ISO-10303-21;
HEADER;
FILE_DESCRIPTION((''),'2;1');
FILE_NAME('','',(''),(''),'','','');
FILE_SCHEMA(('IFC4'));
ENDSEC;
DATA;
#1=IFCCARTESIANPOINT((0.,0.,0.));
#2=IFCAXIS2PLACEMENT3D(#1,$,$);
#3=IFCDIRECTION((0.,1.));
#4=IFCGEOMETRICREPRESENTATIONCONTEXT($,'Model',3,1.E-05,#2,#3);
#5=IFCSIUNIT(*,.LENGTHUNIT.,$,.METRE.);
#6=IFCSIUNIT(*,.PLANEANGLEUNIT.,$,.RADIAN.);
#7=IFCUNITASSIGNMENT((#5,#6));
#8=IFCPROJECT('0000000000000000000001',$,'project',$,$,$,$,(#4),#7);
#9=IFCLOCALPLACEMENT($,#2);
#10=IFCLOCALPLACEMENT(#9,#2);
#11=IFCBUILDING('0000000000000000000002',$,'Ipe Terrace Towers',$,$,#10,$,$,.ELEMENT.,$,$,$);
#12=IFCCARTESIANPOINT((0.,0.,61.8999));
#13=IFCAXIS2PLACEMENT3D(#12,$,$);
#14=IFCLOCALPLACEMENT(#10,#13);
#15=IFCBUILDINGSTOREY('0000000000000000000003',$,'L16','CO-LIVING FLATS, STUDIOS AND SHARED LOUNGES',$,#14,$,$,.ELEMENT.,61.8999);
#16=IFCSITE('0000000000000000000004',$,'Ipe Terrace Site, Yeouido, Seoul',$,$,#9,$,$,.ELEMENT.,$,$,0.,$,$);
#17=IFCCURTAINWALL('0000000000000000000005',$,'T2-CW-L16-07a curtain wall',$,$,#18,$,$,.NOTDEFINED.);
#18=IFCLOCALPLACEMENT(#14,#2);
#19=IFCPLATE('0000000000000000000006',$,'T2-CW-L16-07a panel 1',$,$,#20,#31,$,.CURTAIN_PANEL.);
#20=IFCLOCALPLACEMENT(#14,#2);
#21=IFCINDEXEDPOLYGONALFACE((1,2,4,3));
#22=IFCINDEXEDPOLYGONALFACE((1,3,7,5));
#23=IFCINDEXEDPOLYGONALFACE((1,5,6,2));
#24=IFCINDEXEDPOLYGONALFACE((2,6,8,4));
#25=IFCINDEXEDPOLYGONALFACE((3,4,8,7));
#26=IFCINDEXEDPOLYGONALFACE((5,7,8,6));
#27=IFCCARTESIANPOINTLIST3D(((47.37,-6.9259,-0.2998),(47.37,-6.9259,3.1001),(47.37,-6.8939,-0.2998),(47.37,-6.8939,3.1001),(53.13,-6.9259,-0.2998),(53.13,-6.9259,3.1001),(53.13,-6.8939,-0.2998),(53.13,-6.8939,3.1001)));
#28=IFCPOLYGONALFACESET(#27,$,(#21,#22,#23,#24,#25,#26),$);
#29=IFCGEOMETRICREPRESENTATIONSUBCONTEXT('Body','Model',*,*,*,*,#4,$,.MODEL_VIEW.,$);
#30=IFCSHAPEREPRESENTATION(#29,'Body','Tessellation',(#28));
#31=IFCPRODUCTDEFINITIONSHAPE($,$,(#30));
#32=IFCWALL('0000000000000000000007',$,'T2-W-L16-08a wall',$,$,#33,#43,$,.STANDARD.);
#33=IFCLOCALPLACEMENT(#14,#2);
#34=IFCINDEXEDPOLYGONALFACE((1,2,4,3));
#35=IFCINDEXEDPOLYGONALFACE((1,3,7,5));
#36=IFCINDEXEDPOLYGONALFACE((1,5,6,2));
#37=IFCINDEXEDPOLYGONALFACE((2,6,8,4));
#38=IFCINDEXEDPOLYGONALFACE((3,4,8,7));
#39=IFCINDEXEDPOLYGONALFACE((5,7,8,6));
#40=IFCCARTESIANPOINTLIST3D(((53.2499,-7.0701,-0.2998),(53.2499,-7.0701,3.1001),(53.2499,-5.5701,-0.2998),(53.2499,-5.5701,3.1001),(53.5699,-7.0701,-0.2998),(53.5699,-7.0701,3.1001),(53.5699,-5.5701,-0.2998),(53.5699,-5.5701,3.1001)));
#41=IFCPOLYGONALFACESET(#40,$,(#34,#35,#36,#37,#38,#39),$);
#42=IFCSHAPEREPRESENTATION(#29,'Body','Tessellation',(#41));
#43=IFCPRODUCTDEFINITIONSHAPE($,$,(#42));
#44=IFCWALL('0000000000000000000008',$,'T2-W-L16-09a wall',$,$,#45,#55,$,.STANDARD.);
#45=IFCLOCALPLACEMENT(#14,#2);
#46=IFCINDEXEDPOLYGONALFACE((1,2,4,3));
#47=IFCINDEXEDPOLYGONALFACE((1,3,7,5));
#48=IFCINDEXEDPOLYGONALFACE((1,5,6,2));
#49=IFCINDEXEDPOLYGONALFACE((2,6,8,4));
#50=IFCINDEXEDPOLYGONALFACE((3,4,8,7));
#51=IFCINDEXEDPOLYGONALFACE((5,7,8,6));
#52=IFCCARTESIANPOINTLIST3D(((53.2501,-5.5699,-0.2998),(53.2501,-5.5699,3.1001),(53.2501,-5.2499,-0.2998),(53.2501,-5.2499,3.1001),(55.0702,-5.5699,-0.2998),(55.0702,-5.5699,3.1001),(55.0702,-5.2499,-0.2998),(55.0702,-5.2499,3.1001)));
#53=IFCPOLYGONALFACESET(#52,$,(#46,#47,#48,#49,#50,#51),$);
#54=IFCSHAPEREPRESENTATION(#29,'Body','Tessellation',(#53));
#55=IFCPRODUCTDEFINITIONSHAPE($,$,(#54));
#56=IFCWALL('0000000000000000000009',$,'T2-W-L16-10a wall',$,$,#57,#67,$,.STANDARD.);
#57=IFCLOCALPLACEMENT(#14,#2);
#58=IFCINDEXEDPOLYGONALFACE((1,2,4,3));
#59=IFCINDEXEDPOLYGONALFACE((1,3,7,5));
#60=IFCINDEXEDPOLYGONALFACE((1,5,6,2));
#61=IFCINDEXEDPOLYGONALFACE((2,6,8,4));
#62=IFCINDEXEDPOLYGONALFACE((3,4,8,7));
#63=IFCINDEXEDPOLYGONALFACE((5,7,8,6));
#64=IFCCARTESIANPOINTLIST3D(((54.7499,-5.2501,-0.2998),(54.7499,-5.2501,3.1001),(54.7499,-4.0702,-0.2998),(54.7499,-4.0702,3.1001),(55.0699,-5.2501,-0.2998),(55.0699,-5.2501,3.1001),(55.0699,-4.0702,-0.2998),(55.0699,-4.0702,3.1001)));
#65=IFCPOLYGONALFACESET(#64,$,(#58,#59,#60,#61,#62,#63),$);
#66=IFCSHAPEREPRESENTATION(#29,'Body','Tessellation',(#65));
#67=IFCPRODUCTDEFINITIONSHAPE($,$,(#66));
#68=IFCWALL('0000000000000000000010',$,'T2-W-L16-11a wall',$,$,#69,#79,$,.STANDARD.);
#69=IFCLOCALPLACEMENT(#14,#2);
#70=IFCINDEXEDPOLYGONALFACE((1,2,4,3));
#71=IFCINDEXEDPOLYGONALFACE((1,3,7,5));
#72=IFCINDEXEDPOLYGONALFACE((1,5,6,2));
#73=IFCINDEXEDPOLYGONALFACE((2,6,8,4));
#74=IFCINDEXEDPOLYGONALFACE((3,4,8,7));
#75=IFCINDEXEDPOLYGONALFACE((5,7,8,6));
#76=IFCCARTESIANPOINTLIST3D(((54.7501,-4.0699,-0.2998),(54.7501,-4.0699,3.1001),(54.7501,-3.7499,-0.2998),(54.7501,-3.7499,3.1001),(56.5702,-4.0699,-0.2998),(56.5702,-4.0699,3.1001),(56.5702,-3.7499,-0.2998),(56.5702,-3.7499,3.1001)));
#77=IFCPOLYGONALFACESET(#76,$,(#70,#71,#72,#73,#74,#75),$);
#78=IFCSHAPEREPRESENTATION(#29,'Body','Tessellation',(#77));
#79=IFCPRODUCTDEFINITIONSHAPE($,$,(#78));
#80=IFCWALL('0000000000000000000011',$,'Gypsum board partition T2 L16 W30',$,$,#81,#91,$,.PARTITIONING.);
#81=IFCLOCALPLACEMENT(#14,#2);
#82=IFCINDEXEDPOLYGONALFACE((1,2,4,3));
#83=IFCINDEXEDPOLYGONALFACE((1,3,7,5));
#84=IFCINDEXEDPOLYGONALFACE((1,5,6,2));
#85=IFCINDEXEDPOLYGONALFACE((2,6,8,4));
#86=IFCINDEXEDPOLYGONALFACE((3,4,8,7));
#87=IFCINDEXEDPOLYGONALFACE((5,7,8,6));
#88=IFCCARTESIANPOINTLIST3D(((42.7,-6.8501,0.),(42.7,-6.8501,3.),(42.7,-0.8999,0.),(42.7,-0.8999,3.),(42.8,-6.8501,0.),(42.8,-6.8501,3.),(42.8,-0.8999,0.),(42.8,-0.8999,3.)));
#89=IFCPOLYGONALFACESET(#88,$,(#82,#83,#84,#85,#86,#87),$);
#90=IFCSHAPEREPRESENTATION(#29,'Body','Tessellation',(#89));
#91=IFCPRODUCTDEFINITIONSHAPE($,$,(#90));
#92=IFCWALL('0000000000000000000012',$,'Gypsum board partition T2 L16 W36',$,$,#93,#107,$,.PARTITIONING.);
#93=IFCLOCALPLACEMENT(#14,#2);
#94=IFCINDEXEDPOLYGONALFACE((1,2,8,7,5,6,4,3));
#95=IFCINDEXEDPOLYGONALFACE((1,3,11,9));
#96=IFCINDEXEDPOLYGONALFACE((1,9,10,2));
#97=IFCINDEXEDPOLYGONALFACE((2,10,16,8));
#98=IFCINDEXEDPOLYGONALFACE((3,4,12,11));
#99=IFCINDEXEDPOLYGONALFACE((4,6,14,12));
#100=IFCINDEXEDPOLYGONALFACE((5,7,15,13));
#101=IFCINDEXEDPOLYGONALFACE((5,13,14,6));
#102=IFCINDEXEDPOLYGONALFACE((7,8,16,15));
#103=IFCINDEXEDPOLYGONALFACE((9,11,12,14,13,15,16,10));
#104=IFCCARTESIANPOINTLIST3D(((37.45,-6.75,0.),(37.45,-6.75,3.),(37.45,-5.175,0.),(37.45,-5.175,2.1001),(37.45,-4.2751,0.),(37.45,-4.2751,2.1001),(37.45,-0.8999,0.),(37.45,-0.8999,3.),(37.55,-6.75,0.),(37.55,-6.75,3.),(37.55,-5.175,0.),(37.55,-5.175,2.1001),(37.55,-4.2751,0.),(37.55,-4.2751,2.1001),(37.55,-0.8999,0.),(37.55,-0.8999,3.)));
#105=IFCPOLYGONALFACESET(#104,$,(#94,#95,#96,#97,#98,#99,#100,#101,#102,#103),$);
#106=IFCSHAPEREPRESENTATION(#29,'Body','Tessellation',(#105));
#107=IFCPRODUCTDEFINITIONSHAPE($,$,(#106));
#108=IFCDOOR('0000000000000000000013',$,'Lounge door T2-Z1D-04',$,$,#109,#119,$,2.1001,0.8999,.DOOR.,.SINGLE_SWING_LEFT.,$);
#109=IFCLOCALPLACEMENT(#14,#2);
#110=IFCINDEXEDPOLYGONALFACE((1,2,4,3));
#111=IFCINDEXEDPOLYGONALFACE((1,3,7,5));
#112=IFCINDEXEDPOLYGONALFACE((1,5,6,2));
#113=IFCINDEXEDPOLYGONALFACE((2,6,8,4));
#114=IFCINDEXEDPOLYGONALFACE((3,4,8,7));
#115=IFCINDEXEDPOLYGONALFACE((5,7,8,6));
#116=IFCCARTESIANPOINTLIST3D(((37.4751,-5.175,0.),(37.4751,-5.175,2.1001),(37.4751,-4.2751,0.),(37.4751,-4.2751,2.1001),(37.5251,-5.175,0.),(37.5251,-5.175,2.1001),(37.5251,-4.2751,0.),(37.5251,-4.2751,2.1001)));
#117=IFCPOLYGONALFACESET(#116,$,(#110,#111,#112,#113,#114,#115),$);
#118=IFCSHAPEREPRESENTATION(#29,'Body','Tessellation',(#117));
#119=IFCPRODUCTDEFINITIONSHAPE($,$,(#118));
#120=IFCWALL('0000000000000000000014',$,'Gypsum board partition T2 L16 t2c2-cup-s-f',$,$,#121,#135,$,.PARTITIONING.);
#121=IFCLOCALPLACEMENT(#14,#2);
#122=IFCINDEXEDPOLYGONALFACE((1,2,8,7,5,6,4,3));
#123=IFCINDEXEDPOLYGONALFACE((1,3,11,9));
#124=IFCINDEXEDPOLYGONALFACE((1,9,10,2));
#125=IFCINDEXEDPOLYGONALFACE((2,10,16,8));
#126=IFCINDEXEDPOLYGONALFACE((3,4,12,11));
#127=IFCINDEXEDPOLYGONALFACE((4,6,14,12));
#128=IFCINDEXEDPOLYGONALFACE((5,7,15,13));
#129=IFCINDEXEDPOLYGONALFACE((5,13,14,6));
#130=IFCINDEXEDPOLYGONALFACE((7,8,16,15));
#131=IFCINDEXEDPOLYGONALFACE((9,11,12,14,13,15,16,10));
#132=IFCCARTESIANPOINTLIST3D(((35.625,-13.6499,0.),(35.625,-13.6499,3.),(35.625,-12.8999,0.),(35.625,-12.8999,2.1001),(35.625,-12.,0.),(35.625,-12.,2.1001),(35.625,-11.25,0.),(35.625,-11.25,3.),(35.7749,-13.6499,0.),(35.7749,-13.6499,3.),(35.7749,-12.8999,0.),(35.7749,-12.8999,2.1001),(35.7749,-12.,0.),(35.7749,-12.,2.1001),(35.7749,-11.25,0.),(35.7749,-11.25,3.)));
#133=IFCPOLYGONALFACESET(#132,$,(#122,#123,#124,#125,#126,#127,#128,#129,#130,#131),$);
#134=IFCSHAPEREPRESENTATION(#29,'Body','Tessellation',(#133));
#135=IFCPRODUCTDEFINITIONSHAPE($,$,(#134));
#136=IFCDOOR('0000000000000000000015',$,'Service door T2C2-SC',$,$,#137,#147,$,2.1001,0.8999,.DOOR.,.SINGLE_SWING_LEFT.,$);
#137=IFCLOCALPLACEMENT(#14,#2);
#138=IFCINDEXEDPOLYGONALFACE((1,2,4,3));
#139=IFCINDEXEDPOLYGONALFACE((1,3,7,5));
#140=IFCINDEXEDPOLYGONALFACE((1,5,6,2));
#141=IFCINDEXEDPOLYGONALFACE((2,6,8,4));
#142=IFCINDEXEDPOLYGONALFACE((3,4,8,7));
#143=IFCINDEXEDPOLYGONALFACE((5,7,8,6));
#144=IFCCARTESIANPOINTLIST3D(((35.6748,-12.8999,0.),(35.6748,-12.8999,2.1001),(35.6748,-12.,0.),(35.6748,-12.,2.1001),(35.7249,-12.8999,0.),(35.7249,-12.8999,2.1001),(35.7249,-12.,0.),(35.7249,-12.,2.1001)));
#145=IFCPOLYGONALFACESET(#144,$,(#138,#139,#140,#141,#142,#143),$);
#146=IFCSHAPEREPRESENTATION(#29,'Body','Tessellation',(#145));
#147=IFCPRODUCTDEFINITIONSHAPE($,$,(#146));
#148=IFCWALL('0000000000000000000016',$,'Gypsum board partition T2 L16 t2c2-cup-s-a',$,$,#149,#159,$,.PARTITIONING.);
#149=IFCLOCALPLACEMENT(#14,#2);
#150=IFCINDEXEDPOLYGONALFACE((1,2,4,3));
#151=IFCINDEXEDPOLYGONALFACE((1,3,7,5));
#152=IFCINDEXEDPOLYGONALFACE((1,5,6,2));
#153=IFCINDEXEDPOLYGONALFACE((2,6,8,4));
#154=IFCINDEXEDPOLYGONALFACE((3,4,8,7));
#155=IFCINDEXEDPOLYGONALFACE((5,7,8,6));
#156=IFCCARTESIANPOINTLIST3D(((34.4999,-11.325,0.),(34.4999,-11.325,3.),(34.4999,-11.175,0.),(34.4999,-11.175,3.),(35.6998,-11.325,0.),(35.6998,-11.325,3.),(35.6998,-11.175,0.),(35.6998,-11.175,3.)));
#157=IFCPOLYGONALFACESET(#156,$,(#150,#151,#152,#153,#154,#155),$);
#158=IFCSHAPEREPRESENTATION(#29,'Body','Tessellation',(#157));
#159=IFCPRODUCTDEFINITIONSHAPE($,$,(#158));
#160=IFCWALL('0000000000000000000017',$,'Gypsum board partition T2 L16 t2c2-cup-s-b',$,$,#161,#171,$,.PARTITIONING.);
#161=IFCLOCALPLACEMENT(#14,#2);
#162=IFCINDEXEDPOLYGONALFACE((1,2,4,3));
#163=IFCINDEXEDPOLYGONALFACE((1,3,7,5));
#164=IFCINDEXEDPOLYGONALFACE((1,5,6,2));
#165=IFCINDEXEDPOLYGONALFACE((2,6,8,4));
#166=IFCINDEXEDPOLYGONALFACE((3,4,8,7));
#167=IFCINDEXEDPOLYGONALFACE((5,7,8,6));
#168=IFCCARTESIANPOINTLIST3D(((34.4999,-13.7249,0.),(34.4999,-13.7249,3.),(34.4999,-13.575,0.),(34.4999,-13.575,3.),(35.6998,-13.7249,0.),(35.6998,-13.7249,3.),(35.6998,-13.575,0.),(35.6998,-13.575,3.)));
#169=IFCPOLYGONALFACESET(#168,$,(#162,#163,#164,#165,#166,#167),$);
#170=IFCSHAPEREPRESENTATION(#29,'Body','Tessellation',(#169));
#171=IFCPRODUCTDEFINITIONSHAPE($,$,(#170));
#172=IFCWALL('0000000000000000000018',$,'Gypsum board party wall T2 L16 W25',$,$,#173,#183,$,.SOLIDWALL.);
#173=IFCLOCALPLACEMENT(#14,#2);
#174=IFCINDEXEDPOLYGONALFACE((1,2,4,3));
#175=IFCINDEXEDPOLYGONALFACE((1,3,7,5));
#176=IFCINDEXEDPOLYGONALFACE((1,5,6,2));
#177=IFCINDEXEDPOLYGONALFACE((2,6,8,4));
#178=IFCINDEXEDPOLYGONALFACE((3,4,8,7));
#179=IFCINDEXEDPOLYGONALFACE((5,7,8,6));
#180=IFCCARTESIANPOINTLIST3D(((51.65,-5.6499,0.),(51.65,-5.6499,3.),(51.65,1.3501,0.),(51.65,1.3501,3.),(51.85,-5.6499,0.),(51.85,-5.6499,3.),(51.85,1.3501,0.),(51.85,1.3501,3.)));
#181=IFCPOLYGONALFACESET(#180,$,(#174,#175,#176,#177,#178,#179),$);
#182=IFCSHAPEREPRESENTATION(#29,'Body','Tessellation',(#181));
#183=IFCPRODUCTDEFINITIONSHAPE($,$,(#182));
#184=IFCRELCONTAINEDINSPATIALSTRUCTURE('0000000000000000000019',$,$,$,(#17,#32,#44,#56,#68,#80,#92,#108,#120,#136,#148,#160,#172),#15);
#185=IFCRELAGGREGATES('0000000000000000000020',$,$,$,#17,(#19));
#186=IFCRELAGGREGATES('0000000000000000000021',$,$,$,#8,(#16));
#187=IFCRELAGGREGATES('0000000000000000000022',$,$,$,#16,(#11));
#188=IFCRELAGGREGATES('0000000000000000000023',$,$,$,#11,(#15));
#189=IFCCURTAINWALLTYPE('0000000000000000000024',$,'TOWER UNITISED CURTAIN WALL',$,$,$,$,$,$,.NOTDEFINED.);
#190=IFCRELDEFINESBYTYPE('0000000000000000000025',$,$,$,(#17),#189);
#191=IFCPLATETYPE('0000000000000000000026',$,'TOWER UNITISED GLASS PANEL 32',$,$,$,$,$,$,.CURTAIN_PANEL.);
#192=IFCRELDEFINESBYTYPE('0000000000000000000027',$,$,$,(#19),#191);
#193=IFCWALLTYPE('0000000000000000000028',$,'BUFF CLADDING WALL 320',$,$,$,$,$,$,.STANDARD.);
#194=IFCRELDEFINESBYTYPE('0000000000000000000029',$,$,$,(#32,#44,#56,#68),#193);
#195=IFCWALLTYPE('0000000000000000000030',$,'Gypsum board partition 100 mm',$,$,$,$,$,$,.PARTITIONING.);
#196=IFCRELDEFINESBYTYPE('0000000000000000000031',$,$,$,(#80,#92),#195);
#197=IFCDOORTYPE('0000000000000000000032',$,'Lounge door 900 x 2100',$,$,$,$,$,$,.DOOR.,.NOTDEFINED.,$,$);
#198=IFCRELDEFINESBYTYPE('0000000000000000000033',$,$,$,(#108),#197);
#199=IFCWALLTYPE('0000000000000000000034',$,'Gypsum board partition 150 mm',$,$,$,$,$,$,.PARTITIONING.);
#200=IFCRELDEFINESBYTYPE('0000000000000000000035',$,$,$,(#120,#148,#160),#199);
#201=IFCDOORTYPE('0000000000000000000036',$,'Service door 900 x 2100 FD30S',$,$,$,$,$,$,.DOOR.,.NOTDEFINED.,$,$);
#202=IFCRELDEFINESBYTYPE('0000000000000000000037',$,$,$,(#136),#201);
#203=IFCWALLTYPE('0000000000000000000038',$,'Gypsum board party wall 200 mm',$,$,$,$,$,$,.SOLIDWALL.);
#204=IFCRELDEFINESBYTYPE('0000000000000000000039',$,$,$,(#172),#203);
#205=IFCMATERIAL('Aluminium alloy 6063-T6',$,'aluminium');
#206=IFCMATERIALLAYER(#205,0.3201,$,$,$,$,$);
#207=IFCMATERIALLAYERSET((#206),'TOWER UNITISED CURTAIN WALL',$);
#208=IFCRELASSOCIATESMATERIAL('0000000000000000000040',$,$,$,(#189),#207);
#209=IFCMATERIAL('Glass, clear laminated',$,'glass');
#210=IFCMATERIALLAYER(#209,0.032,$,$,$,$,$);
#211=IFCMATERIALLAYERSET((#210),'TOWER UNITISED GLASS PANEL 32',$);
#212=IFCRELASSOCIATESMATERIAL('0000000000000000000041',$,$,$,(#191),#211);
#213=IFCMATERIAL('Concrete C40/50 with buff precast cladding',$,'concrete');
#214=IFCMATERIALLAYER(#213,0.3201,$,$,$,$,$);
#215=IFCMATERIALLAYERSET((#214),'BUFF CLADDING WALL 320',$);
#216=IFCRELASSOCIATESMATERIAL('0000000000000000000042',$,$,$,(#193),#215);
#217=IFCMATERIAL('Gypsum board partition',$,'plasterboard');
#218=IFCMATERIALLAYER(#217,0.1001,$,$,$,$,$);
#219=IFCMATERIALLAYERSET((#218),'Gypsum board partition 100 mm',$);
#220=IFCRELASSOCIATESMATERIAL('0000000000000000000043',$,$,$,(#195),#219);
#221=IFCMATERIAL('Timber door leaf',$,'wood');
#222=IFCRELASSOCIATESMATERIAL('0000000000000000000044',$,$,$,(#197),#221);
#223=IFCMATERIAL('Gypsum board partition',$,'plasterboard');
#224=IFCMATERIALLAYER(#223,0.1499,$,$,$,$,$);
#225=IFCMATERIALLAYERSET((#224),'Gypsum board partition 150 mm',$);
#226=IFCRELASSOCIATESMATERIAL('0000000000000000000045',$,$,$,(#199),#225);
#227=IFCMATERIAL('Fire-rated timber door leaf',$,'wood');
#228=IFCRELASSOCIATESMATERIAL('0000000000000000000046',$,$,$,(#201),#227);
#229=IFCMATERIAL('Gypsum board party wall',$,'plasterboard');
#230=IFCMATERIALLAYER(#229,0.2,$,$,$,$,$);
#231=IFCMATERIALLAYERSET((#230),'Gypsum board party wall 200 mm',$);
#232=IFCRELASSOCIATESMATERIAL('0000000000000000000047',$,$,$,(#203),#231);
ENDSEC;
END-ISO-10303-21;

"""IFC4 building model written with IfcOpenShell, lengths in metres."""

from ifc_helpers import new_model, si_unit, direction, frame, frame_2d, origin, origin_2d, place, context, subcontext, project, spatial, rectangle, extrude, material, layer, layer_set, type_object, element, fill, aggregate, save


model = new_model("IFC4")

# Units and contexts
model_context = context("Model", 3, precision=1e-05, world=origin(), true_north=direction((0.0, 1.0)))
body_context = subcontext(model_context, "Body", "Model", "MODEL_VIEW")
ifc_project = project(units=[si_unit("LENGTHUNIT", "METRE"), si_unit("PLANEANGLEUNIT", "RADIAN")], contexts=[model_context])

# Site, building, storey
site_placement = place(None, origin())
site = spatial("IfcSite", under=ifc_project, at=site_placement, Name="Ipe Terrace Site, Yeouido, Seoul", CompositionType="ELEMENT", RefElevation=0.0)
building_placement = place(site_placement, origin())
building = spatial("IfcBuilding", under=site, at=building_placement, Name="Ipe Terrace Towers", CompositionType="ELEMENT")
storey_placement = place(building_placement, frame((0.0, 0.0, 61.8999)))
storey = spatial("IfcBuildingStorey", under=building, at=storey_placement, Name="L16", Description="CO-LIVING FLATS, STUDIOS AND SHARED LOUNGES", CompositionType="ELEMENT", Elevation=61.8999)

# Curtain wall
ifc_material_1 = material(Name="Aluminium alloy 6063-T6", Category="aluminium")
ifc_layer_1 = layer(ifc_material_1, 0.3201)
ifc_layer_set_1 = layer_set([ifc_layer_1], Name="TOWER UNITISED CURTAIN WALL")
curtain_wall_type = type_object("IfcCurtainWallType", Name="TOWER UNITISED CURTAIN WALL", PredefinedType="NOTDEFINED", material=ifc_layer_set_1)
curtain_wall_1_placement = place(storey_placement, origin())
curtain_wall_1 = element("IfcCurtainWall", 1, at=curtain_wall_1_placement, inside=storey, type_object=curtain_wall_type, Name="T2-CW-L16-07a curtain wall", PredefinedType="NOTDEFINED")

# Plate
ifc_material_2 = material(Name="Glass, clear laminated", Category="glass")
ifc_layer_2 = layer(ifc_material_2, 0.032)
ifc_layer_set_2 = layer_set([ifc_layer_2], Name="TOWER UNITISED GLASS PANEL 32")
plate_type = type_object("IfcPlateType", Name="TOWER UNITISED GLASS PANEL 32", PredefinedType="CURTAIN_PANEL", material=ifc_layer_set_2)
plate_1_placement = place(storey_placement, frame((50.25, -6.9099, -0.2998), z_axis=(0.0, 0.0, 1.0), x_axis=(1.0, 0.0, 0.0)))
plate_1 = element("IfcPlate", 2, at=plate_1_placement, type_object=plate_type, Name="T2-CW-L16-07a panel 1", PredefinedType="CURTAIN_PANEL", context=body_context, shape_type="SweptSolid", body=[
    extrude(rectangle(XDim=5.76, YDim=0.032, at=origin_2d()), origin(), (0.0, 0.0, 1.0), 3.3999),
])
aggregate(curtain_wall_1, [plate_1])

# Walls
ifc_material_3 = material(Name="Concrete C40/50 with buff precast cladding", Category="concrete")
ifc_layer_3 = layer(ifc_material_3, 0.3201)
ifc_layer_set_3 = layer_set([ifc_layer_3], Name="BUFF CLADDING WALL 320")
wall_type_1 = type_object("IfcWallType", Name="BUFF CLADDING WALL 320", PredefinedType="STANDARD", material=ifc_layer_set_3)
wall_1_placement = place(storey_placement, frame((53.4099, -7.0701, -0.2998), z_axis=(0.0, 0.0, 1.0), x_axis=(0.0, 1.0, 0.0)))
element("IfcWall", 3, at=wall_1_placement, inside=storey, type_object=wall_type_1, Name="T2-W-L16-08a wall", PredefinedType="STANDARD", context=body_context, shape_type="SweptSolid", body=[
    extrude(rectangle(XDim=1.5, YDim=0.3201, at=frame_2d((0.75, 0.0))), origin(), (0.0, 0.0, 1.0), 3.3999),
])
wall_2_placement = place(storey_placement, frame((53.25, -5.4099, -0.2998), z_axis=(0.0, 0.0, 1.0), x_axis=(1.0, 0.0, 0.0)))
element("IfcWall", 4, at=wall_2_placement, inside=storey, type_object=wall_type_1, Name="T2-W-L16-09a wall", PredefinedType="STANDARD", context=body_context, shape_type="SweptSolid", body=[
    extrude(rectangle(XDim=1.8201, YDim=0.3201, at=frame_2d((0.9102, 0.0))), origin(), (0.0, 0.0, 1.0), 3.3999),
])
wall_3_placement = place(storey_placement, frame((54.9099, -5.25, -0.2998), z_axis=(0.0, 0.0, 1.0), x_axis=(0.0, 1.0, 0.0)))
element("IfcWall", 5, at=wall_3_placement, inside=storey, type_object=wall_type_1, Name="T2-W-L16-10a wall", PredefinedType="STANDARD", context=body_context, shape_type="SweptSolid", body=[
    extrude(rectangle(XDim=1.1799, YDim=0.3201, at=frame_2d((0.5898, 0.0))), origin(), (0.0, 0.0, 1.0), 3.3999),
])
wall_4_placement = place(storey_placement, frame((54.75, -3.9099, -0.2998), z_axis=(0.0, 0.0, 1.0), x_axis=(1.0, 0.0, 0.0)))
element("IfcWall", 6, at=wall_4_placement, inside=storey, type_object=wall_type_1, Name="T2-W-L16-11a wall", PredefinedType="STANDARD", context=body_context, shape_type="SweptSolid", body=[
    extrude(rectangle(XDim=1.8201, YDim=0.3201, at=frame_2d((0.9102, 0.0))), origin(), (0.0, 0.0, 1.0), 3.3999),
])
ifc_material_4 = material(Name="Gypsum board partition", Category="plasterboard")
ifc_layer_4 = layer(ifc_material_4, 0.1001)
ifc_layer_set_4 = layer_set([ifc_layer_4], Name="Gypsum board partition 100 mm")
wall_type_2 = type_object("IfcWallType", Name="Gypsum board partition 100 mm", PredefinedType="PARTITIONING", material=ifc_layer_set_4)
wall_5_placement = place(storey_placement, frame((42.75, -6.8501, 0.0), z_axis=(0.0, 0.0, 1.0), x_axis=(0.0, 1.0, 0.0)))
element("IfcWall", 7, at=wall_5_placement, inside=storey, type_object=wall_type_2, Name="Gypsum board partition T2 L16 W30", PredefinedType="PARTITIONING", context=body_context, shape_type="SweptSolid", body=[
    extrude(rectangle(XDim=5.9502, YDim=0.1001, at=frame_2d((2.9751, 0.0))), origin(), (0.0, 0.0, 1.0), 3.0),
])

# Walls, openings, doors
wall_6_placement = place(storey_placement, frame((37.5, -6.75, 0.0), z_axis=(0.0, 0.0, 1.0), x_axis=(0.0, 1.0, 0.0)))
wall_6 = element("IfcWall", 8, at=wall_6_placement, inside=storey, type_object=wall_type_2, Name="Gypsum board partition T2 L16 W36", PredefinedType="PARTITIONING", context=body_context, shape_type="SweptSolid", body=[
    extrude(rectangle(XDim=5.8501, YDim=0.1001, at=frame_2d((2.925, 0.0))), origin(), (0.0, 0.0, 1.0), 3.0),
])
opening_1_placement = place(wall_6_placement, frame((1.575, 0.0, 0.0)))
opening_1 = element("IfcOpeningElement", 9, at=opening_1_placement, cuts=wall_6, PredefinedType="OPENING", context=body_context, shape_type="SweptSolid", body=[
    extrude(rectangle(XDim=0.8999, YDim=2.1001, at=frame_2d((0.45, 1.05))), frame((0.0, 0.0601, 0.0), z_axis=(0.0, -1.0, 0.0), x_axis=(1.0, 0.0, 0.0)), (0.0, 0.0, 1.0), 0.1201),
])
ifc_material_5 = material(Name="Timber door leaf", Category="wood")
door_type_1 = type_object("IfcDoorType", Name="Lounge door 900 x 2100", OperationType="NOTDEFINED", PredefinedType="DOOR", material=ifc_material_5)
door_1_placement = place(opening_1_placement, origin())
door_1 = element("IfcDoor", 10, at=door_1_placement, inside=storey, type_object=door_type_1, Name="Lounge door T2-Z1D-04", OperationType="SINGLE_SWING_LEFT", OverallHeight=2.1001, OverallWidth=0.8999, PredefinedType="DOOR", context=body_context, shape_type="SweptSolid", body=[
    extrude(rectangle(XDim=0.8999, YDim=2.1001, at=frame_2d((0.45, 1.05))), frame((0.0, 0.0249, 0.0), z_axis=(0.0, -1.0, 0.0), x_axis=(1.0, 0.0, 0.0)), (0.0, 0.0, 1.0), 0.05),
])
fill(opening_1, door_1)
ifc_material_6 = material(Name="Gypsum board partition", Category="plasterboard")
ifc_layer_5 = layer(ifc_material_6, 0.1499)
ifc_layer_set_5 = layer_set([ifc_layer_5], Name="Gypsum board partition 150 mm")
wall_type_3 = type_object("IfcWallType", Name="Gypsum board partition 150 mm", PredefinedType="PARTITIONING", material=ifc_layer_set_5)
wall_7_placement = place(storey_placement, frame((35.7, -11.25, 0.0), z_axis=(0.0, 0.0, 1.0), x_axis=(0.0, -1.0, 0.0)))
wall_7 = element("IfcWall", 11, at=wall_7_placement, inside=storey, type_object=wall_type_3, Name="Gypsum board partition T2 L16 t2c2-cup-s-f", PredefinedType="PARTITIONING", context=body_context, shape_type="SweptSolid", body=[
    extrude(rectangle(XDim=2.3999, YDim=0.1499, at=frame_2d((1.2, 0.0))), origin(), (0.0, 0.0, 1.0), 3.0),
])
opening_2_placement = place(wall_7_placement, frame((0.75, 0.0, 0.0)))
opening_2 = element("IfcOpeningElement", 12, at=opening_2_placement, cuts=wall_7, PredefinedType="OPENING", context=body_context, shape_type="SweptSolid", body=[
    extrude(rectangle(XDim=0.8999, YDim=2.1001, at=frame_2d((0.45, 1.05))), frame((0.0, 0.085, 0.0), z_axis=(0.0, -1.0, 0.0), x_axis=(1.0, 0.0, 0.0)), (0.0, 0.0, 1.0), 0.1699),
])
ifc_material_7 = material(Name="Fire-rated timber door leaf", Category="wood")
door_type_2 = type_object("IfcDoorType", Name="Service door 900 x 2100 FD30S", OperationType="NOTDEFINED", PredefinedType="DOOR", material=ifc_material_7)
door_2_placement = place(opening_2_placement, origin())
door_2 = element("IfcDoor", 13, at=door_2_placement, inside=storey, type_object=door_type_2, Name="Service door T2C2-SC", OperationType="SINGLE_SWING_LEFT", OverallHeight=2.1001, OverallWidth=0.8999, PredefinedType="DOOR", context=body_context, shape_type="SweptSolid", body=[
    extrude(rectangle(XDim=0.8999, YDim=2.1001, at=frame_2d((0.45, 1.05))), frame((0.0, 0.0249, 0.0), z_axis=(0.0, -1.0, 0.0), x_axis=(1.0, 0.0, 0.0)), (0.0, 0.0, 1.0), 0.05),
])
fill(opening_2, door_2)

# Walls
for number, where, z_axis, x_axis, name in (
    (14, (35.7, -11.25, 0.0), (0.0, 0.0, 1.0), (-1.0, 0.0, 0.0), "Gypsum board partition T2 L16 t2c2-cup-s-a"),
    (15, (35.7, -13.6499, 0.0), (0.0, 0.0, 1.0), (-1.0, 0.0, 0.0), "Gypsum board partition T2 L16 t2c2-cup-s-b"),
):
    element("IfcWall", number, at=place(storey_placement, frame(where, z_axis=z_axis, x_axis=x_axis)), inside=storey, type_object=wall_type_3, Name=name, PredefinedType="PARTITIONING", context=body_context, shape_type="SweptSolid", body=[
        extrude(rectangle(XDim=1.2, YDim=0.1499, at=frame_2d((0.6001, 0.0))), origin(), (0.0, 0.0, 1.0), 3.0),
    ])
ifc_material_8 = material(Name="Gypsum board party wall", Category="plasterboard")
ifc_layer_6 = layer(ifc_material_8, 0.2)
ifc_layer_set_6 = layer_set([ifc_layer_6], Name="Gypsum board party wall 200 mm")
wall_type_4 = type_object("IfcWallType", Name="Gypsum board party wall 200 mm", PredefinedType="SOLIDWALL", material=ifc_layer_set_6)
wall_8_placement = place(storey_placement, frame((51.75, -5.6499, 0.0), z_axis=(0.0, 0.0, 1.0), x_axis=(0.0, 1.0, 0.0)))
element("IfcWall", 16, at=wall_8_placement, inside=storey, type_object=wall_type_4, Name="Gypsum board party wall T2 L16 W25", PredefinedType="SOLIDWALL", context=body_context, shape_type="SweptSolid", body=[
    extrude(rectangle(XDim=7.0, YDim=0.2, at=frame_2d((3.5, 0.0))), origin(), (0.0, 0.0, 1.0), 3.0),
])

save(model, "model.ifc")
